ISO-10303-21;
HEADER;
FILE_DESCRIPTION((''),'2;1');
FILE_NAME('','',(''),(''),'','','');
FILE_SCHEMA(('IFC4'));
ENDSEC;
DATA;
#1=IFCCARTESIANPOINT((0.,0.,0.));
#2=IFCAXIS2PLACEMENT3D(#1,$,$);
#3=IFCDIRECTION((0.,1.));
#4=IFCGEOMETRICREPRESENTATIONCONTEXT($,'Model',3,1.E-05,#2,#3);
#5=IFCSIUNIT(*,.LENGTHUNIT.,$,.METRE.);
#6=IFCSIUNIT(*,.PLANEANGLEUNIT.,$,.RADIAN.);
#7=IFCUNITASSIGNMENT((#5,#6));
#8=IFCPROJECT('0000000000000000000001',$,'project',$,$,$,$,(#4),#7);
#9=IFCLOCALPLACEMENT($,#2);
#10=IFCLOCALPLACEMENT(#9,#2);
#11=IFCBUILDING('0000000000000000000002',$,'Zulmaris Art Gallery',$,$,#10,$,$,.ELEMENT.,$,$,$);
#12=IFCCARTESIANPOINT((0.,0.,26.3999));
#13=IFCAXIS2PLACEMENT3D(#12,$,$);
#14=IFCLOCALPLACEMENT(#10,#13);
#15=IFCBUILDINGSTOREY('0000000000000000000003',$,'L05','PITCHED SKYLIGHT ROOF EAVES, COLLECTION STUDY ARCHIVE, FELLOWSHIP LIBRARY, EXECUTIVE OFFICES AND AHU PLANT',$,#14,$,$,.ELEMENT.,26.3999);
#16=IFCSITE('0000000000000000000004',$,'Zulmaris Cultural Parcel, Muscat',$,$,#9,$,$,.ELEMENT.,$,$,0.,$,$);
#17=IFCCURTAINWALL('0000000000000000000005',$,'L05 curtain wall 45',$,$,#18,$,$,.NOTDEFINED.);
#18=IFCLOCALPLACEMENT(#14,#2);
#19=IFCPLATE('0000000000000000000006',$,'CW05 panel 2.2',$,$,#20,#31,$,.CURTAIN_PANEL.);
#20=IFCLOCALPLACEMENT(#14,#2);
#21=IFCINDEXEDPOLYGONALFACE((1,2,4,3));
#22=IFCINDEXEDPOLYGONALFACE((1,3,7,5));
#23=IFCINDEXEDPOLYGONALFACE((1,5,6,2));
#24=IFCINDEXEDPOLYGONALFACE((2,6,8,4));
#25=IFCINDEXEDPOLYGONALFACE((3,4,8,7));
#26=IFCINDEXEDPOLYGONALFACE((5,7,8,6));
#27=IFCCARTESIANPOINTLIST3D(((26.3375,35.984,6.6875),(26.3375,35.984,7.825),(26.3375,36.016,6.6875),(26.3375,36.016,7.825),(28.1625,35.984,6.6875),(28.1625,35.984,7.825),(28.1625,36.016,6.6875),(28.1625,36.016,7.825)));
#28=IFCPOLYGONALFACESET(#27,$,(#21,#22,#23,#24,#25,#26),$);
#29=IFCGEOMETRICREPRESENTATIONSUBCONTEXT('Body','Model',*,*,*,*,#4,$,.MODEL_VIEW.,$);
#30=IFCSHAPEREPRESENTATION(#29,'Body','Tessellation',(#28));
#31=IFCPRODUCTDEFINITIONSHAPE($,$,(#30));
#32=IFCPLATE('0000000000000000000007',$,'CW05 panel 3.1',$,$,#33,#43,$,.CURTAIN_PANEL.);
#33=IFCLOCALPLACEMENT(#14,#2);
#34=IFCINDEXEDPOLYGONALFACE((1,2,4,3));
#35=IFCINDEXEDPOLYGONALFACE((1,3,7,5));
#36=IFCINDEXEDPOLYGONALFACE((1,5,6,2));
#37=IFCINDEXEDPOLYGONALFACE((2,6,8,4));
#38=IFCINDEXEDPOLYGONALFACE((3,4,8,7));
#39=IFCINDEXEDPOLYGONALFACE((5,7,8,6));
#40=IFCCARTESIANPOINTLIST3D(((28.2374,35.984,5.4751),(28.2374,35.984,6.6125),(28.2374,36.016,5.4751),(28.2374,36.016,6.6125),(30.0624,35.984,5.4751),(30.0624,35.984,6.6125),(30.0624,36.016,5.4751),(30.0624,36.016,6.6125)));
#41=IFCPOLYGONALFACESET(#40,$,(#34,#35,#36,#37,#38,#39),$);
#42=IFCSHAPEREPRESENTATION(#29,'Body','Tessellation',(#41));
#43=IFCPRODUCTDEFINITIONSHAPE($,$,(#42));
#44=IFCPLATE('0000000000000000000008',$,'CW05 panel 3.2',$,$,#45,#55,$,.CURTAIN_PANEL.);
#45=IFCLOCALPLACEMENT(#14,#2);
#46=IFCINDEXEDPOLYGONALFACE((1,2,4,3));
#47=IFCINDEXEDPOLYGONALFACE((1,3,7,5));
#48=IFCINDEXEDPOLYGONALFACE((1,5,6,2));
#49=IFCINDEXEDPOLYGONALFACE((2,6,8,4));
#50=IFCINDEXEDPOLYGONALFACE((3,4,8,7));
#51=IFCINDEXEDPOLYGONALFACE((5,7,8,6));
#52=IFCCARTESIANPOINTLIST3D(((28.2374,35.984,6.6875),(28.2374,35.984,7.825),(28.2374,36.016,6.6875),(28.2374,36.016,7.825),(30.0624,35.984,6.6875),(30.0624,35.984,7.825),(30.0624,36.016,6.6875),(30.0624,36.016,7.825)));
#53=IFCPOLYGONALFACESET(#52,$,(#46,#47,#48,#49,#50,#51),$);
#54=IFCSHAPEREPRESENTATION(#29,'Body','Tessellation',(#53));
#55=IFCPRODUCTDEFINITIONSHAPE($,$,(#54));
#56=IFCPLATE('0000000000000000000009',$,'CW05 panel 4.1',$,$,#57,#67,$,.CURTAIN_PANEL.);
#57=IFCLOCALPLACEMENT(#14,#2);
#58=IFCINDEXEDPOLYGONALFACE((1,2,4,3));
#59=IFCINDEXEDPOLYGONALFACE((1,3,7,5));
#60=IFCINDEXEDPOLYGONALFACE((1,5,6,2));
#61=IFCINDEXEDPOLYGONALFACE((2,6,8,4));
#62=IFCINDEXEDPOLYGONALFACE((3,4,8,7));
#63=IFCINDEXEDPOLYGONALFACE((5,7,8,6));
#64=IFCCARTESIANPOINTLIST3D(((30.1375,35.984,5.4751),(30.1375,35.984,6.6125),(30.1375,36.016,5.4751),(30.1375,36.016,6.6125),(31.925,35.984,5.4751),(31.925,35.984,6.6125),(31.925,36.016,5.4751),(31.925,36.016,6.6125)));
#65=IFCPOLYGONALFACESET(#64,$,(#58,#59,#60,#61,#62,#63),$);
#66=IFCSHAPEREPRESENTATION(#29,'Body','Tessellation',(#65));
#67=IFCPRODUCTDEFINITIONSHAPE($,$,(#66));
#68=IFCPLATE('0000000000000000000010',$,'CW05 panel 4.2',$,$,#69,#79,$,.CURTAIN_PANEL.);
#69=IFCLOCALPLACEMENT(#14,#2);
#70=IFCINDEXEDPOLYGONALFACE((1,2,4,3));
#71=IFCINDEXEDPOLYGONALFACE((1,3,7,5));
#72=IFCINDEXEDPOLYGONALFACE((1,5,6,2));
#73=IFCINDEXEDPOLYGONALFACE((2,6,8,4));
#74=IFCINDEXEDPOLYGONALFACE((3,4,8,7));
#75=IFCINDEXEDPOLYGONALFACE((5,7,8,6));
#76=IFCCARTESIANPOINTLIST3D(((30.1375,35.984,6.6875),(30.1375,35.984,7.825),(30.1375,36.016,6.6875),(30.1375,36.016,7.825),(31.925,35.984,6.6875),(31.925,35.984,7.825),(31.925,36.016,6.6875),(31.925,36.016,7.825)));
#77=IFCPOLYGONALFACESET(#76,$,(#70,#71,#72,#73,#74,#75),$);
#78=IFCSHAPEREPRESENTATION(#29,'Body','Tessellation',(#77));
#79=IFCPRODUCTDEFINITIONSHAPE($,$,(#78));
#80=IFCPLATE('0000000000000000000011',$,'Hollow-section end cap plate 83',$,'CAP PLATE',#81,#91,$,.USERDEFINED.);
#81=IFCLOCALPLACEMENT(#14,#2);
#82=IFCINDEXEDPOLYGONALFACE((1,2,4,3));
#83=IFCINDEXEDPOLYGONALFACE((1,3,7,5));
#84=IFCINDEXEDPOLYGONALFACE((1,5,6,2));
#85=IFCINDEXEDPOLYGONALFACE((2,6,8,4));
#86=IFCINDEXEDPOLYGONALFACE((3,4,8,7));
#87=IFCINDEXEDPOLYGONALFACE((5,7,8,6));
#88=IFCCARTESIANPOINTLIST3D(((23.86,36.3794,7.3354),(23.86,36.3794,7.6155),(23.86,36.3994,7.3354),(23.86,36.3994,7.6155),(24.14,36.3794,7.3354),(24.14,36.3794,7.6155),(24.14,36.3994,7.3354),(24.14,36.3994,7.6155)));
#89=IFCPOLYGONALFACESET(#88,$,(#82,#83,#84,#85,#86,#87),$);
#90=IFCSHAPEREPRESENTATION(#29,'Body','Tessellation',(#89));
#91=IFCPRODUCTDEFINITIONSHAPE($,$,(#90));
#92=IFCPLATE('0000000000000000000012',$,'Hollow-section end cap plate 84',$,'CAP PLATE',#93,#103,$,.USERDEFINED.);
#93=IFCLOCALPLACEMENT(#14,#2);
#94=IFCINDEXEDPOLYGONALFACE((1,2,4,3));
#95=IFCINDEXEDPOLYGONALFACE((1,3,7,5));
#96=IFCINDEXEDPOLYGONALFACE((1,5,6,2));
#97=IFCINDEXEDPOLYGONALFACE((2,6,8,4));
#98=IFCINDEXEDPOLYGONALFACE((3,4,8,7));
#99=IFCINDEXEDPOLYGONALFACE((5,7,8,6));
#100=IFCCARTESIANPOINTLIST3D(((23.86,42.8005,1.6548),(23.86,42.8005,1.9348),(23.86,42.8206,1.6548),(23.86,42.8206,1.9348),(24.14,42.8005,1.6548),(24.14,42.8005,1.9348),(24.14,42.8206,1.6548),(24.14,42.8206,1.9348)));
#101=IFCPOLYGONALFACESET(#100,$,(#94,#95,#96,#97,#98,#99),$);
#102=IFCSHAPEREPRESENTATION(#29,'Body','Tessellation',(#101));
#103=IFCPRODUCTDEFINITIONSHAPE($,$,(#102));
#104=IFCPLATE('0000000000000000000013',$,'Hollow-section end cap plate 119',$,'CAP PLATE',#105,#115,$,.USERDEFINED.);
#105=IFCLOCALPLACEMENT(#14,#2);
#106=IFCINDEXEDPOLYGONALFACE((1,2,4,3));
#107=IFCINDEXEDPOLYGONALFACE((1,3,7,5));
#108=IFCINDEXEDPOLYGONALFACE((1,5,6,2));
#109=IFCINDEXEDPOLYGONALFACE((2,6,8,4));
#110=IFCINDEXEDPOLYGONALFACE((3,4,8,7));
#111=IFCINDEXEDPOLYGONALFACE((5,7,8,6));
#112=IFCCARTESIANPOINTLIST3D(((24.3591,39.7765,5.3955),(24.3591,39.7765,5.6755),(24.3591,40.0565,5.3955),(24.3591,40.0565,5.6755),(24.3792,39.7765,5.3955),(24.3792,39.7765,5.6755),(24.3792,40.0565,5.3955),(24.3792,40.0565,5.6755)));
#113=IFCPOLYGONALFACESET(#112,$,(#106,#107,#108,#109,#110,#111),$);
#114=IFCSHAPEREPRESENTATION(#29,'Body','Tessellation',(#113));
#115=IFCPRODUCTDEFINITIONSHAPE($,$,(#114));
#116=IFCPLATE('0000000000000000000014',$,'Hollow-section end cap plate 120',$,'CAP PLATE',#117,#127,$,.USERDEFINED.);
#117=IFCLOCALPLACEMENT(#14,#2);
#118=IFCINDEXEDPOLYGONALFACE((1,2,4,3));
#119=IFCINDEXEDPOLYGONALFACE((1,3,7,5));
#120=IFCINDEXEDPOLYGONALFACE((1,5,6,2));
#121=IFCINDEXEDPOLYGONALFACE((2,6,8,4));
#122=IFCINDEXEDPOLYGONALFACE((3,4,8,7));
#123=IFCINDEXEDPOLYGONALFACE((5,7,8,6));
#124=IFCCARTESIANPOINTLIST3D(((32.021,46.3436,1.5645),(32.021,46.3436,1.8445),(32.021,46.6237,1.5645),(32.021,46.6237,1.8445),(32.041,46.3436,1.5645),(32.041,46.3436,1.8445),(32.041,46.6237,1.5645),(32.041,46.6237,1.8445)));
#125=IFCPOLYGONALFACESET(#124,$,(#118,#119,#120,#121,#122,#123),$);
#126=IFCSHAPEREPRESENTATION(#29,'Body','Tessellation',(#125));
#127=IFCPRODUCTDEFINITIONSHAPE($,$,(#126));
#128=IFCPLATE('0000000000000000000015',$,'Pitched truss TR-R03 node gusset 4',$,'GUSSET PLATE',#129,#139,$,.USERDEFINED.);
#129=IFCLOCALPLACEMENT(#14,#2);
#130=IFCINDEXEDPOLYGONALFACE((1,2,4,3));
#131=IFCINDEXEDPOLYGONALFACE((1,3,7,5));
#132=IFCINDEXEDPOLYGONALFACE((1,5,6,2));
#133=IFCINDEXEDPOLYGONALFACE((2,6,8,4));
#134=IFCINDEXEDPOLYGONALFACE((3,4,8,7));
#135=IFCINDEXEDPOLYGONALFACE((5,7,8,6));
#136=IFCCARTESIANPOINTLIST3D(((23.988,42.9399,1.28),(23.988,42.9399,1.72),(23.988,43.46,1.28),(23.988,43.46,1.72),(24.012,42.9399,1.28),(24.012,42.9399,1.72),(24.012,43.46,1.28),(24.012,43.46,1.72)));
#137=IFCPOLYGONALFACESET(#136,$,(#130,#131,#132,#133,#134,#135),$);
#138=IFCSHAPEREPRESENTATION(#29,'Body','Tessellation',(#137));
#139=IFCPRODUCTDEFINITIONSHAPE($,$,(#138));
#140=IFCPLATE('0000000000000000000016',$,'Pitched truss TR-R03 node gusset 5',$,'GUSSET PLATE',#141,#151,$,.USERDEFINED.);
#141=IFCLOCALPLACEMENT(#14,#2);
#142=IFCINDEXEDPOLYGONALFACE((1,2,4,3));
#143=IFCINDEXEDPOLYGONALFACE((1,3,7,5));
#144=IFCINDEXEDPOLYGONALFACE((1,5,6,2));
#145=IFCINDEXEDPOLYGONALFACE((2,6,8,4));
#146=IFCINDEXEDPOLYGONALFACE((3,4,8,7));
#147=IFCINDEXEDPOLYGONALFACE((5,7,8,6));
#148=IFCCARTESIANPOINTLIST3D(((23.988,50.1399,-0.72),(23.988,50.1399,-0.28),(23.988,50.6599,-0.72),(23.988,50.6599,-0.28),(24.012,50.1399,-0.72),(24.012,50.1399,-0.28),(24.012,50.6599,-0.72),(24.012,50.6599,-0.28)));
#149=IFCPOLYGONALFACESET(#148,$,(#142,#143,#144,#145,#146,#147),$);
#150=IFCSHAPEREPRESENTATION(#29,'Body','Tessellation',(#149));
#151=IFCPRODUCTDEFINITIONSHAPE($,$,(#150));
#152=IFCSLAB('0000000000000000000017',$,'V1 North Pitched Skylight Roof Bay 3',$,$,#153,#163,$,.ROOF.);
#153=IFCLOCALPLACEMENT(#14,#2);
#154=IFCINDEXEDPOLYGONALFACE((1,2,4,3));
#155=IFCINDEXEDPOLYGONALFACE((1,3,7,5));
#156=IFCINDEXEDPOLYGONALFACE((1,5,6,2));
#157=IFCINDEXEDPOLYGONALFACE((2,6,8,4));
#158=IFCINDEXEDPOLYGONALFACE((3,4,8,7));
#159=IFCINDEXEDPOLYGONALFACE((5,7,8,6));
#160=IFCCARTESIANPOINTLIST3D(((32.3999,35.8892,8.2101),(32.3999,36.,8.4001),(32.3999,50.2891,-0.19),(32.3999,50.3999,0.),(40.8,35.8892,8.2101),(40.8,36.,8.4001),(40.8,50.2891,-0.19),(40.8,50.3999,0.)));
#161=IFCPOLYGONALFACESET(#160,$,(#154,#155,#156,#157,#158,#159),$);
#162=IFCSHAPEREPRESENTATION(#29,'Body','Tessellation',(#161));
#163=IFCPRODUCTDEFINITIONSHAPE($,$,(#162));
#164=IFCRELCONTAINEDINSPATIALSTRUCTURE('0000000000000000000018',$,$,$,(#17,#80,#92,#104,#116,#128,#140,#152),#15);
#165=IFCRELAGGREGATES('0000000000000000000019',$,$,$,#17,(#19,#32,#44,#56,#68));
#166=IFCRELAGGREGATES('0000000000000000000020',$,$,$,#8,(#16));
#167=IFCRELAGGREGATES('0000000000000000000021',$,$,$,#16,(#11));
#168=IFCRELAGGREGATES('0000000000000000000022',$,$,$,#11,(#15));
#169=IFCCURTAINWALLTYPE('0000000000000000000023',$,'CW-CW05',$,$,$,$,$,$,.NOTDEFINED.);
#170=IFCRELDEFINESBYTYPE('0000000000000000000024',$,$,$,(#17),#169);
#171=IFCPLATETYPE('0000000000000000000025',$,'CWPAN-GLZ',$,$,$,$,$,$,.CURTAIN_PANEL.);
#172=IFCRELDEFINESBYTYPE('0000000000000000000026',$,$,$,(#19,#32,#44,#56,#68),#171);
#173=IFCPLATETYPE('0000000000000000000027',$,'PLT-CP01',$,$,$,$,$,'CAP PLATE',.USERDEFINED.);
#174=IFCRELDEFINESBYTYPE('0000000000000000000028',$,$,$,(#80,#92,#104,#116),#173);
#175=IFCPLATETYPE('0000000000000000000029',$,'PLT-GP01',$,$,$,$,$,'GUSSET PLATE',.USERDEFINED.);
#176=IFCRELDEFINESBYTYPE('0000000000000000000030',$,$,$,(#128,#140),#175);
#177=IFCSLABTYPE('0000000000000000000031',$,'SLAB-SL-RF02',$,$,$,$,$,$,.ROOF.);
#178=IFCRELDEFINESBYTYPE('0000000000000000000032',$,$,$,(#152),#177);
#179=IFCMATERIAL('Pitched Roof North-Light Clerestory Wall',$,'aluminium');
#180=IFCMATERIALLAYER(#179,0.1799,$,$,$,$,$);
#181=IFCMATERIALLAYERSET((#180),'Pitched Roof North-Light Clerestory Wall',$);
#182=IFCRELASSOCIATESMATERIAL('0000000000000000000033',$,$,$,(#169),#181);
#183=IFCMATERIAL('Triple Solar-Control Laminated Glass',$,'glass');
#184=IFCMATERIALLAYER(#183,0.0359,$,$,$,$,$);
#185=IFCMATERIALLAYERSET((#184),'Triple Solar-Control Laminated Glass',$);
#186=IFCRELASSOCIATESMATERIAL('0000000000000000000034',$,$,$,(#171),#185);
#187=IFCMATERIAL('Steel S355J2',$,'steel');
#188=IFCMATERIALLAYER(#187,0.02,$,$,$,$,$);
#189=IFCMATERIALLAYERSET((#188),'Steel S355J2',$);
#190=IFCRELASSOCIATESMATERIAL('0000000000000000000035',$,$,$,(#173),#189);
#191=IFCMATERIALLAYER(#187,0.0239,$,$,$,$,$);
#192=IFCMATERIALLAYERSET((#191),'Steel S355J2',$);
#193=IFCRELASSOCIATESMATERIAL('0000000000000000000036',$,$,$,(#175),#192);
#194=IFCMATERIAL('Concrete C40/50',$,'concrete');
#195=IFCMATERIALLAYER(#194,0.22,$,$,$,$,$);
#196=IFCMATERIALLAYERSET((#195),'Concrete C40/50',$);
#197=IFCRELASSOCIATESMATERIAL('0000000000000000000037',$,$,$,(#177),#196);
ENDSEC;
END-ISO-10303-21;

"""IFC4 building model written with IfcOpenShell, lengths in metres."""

from ifc_helpers import new_model, si_unit, direction, frame, origin, origin_2d, place, context, subcontext, project, spatial, polyline, rectangle, outline, extrude, material, layer, layer_set, type_object, element, aggregate, save


model = new_model("IFC4")

# Units and contexts
model_context = context("Model", 3, precision=1e-05, world=origin(), true_north=direction((0.0, 1.0)))
body_context = subcontext(model_context, "Body", "Model", "MODEL_VIEW")
ifc_project = project(units=[si_unit("LENGTHUNIT", "METRE"), si_unit("PLANEANGLEUNIT", "RADIAN")], contexts=[model_context])

# Site, building, storey
site_placement = place(None, origin())
site = spatial("IfcSite", under=ifc_project, at=site_placement, Name="Zulmaris Cultural Parcel, Muscat", CompositionType="ELEMENT", RefElevation=0.0)
building_placement = place(site_placement, origin())
building = spatial("IfcBuilding", under=site, at=building_placement, Name="Zulmaris Art Gallery", CompositionType="ELEMENT")
storey_placement = place(building_placement, frame((0.0, 0.0, 26.3999)))
storey = spatial("IfcBuildingStorey", under=building, at=storey_placement, Name="L05", Description="PITCHED SKYLIGHT ROOF EAVES, COLLECTION STUDY ARCHIVE, FELLOWSHIP LIBRARY, EXECUTIVE OFFICES AND AHU PLANT", CompositionType="ELEMENT", Elevation=26.3999)

# Curtain wall
ifc_material_1 = material(Name="Pitched Roof North-Light Clerestory Wall", Category="aluminium")
ifc_layer_1 = layer(ifc_material_1, 0.1799)
ifc_layer_set_1 = layer_set([ifc_layer_1], Name="Pitched Roof North-Light Clerestory Wall")
curtain_wall_type = type_object("IfcCurtainWallType", Name="CW-CW05", PredefinedType="NOTDEFINED", material=ifc_layer_set_1)
curtain_wall_placement = place(storey_placement, origin())
curtain_wall = element("IfcCurtainWall", 1, at=curtain_wall_placement, inside=storey, type_object=curtain_wall_type, Name="L05 curtain wall 45", PredefinedType="NOTDEFINED")

# Shared definitions
ifc_material_2 = material(Name="Steel S355J2", Category="steel")

# Plates
ifc_material_3 = material(Name="Triple Solar-Control Laminated Glass", Category="glass")
ifc_layer_2 = layer(ifc_material_3, 0.0359)
ifc_layer_set_2 = layer_set([ifc_layer_2], Name="Triple Solar-Control Laminated Glass")
plate_type_1 = type_object("IfcPlateType", Name="CWPAN-GLZ", PredefinedType="CURTAIN_PANEL", material=ifc_layer_set_2)
plate_1_placement = place(storey_placement, frame((27.25, 36.0, 6.6875), z_axis=(0.0, 0.0, 1.0), x_axis=(1.0, 0.0, 0.0)))
plate_1 = element("IfcPlate", 2, at=plate_1_placement, type_object=plate_type_1, Name="CW05 panel 2.2", PredefinedType="CURTAIN_PANEL", context=body_context, shape_type="SweptSolid", body=[
    extrude(rectangle(XDim=1.825, YDim=0.032, at=origin_2d()), origin(), (0.0, 0.0, 1.0), 1.1375),
])
plate_2_placement = place(storey_placement, frame((29.1499, 36.0, 5.4751), z_axis=(0.0, 0.0, 1.0), x_axis=(1.0, 0.0, 0.0)))
plate_2 = element("IfcPlate", 3, at=plate_2_placement, type_object=plate_type_1, Name="CW05 panel 3.1", PredefinedType="CURTAIN_PANEL", context=body_context, shape_type="SweptSolid", body=[
    extrude(rectangle(XDim=1.825, YDim=0.032, at=origin_2d()), origin(), (0.0, 0.0, 1.0), 1.1375),
])
plate_3_placement = place(storey_placement, frame((29.1499, 36.0, 6.6875), z_axis=(0.0, 0.0, 1.0), x_axis=(1.0, 0.0, 0.0)))
plate_3 = element("IfcPlate", 4, at=plate_3_placement, type_object=plate_type_1, Name="CW05 panel 3.2", PredefinedType="CURTAIN_PANEL", context=body_context, shape_type="SweptSolid", body=[
    extrude(rectangle(XDim=1.825, YDim=0.032, at=origin_2d()), origin(), (0.0, 0.0, 1.0), 1.1375),
])
plate_4_placement = place(storey_placement, frame((31.0312, 36.0, 5.4751), z_axis=(0.0, 0.0, 1.0), x_axis=(1.0, 0.0, 0.0)))
plate_4 = element("IfcPlate", 5, at=plate_4_placement, type_object=plate_type_1, Name="CW05 panel 4.1", PredefinedType="CURTAIN_PANEL", context=body_context, shape_type="SweptSolid", body=[
    extrude(rectangle(XDim=1.7876, YDim=0.032, at=origin_2d()), origin(), (0.0, 0.0, 1.0), 1.1375),
])
plate_5_placement = place(storey_placement, frame((31.0312, 36.0, 6.6875), z_axis=(0.0, 0.0, 1.0), x_axis=(1.0, 0.0, 0.0)))
plate_5 = element("IfcPlate", 6, at=plate_5_placement, type_object=plate_type_1, Name="CW05 panel 4.2", PredefinedType="CURTAIN_PANEL", context=body_context, shape_type="SweptSolid", body=[
    extrude(rectangle(XDim=1.7876, YDim=0.032, at=origin_2d()), origin(), (0.0, 0.0, 1.0), 1.1375),
])
aggregate(curtain_wall, [plate_1, plate_2, plate_3, plate_4, plate_5])

# Plates
ifc_layer_3 = layer(ifc_material_2, 0.02)
ifc_layer_set_3 = layer_set([ifc_layer_3], Name="Steel S355J2")
plate_type_2 = type_object("IfcPlateType", Name="PLT-CP01", ElementType="CAP PLATE", PredefinedType="USERDEFINED", material=ifc_layer_set_3)
for number, where, z_axis, x_axis, name in (
    (7, (24.0, 36.3894, 7.3354), (0.0, 0.0, 1.0), (1.0, 0.0, 0.0), "Hollow-section end cap plate 83"),
    (8, (24.0, 42.8105, 1.6548), (0.0, 0.0, 1.0), (1.0, 0.0, 0.0), "Hollow-section end cap plate 84"),
):
    element("IfcPlate", number, at=place(storey_placement, frame(where, z_axis=z_axis, x_axis=x_axis)), inside=storey, type_object=plate_type_2, Name=name, ObjectType="CAP PLATE", PredefinedType="USERDEFINED", context=body_context, shape_type="SweptSolid", body=[
        extrude(rectangle(XDim=0.28, YDim=0.02, at=origin_2d()), origin(), (0.0, 0.0, 1.0), 0.28),
    ])
for number, where, z_axis, x_axis, name in (
    (9, (24.3691, 39.9165, 5.3955), (0.0, 0.0, 1.0), (1.0, 0.0, 0.0), "Hollow-section end cap plate 119"),
    (10, (32.031, 46.4836, 1.5645), (0.0, 0.0, 1.0), (1.0, 0.0, 0.0), "Hollow-section end cap plate 120"),
):
    element("IfcPlate", number, at=place(storey_placement, frame(where, z_axis=z_axis, x_axis=x_axis)), inside=storey, type_object=plate_type_2, Name=name, ObjectType="CAP PLATE", PredefinedType="USERDEFINED", context=body_context, shape_type="SweptSolid", body=[
        extrude(rectangle(XDim=0.02, YDim=0.28, at=origin_2d()), origin(), (0.0, 0.0, 1.0), 0.28),
    ])
ifc_layer_4 = layer(ifc_material_2, 0.0239)
ifc_layer_set_4 = layer_set([ifc_layer_4], Name="Steel S355J2")
plate_type_3 = type_object("IfcPlateType", Name="PLT-GP01", ElementType="GUSSET PLATE", PredefinedType="USERDEFINED", material=ifc_layer_set_4)
for number, where, z_axis, x_axis, name in (
    (11, (24.0, 43.2, 1.28), (0.0, 0.0, 1.0), (1.0, 0.0, 0.0), "Pitched truss TR-R03 node gusset 4"),
    (12, (24.0, 50.3999, -0.72), (0.0, 0.0, 1.0), (1.0, 0.0, 0.0), "Pitched truss TR-R03 node gusset 5"),
):
    element("IfcPlate", number, at=place(storey_placement, frame(where, z_axis=z_axis, x_axis=x_axis)), inside=storey, type_object=plate_type_3, Name=name, ObjectType="GUSSET PLATE", PredefinedType="USERDEFINED", context=body_context, shape_type="SweptSolid", body=[
        extrude(rectangle(XDim=0.0239, YDim=0.52, at=origin_2d()), origin(), (0.0, 0.0, 1.0), 0.4399),
    ])

# Slab
ifc_material_4 = material(Name="Concrete C40/50", Category="concrete")
ifc_layer_5 = layer(ifc_material_4, 0.22)
ifc_layer_set_5 = layer_set([ifc_layer_5], Name="Concrete C40/50")
slab_type = type_object("IfcSlabType", Name="SLAB-SL-RF02", PredefinedType="ROOF", material=ifc_layer_set_5)
slab_placement = place(storey_placement, frame((32.3999, 36.0, 8.4001), z_axis=(0.0, 0.50388, 0.863774), x_axis=(1.0, 0.0, 0.0)))
element("IfcSlab", 13, at=slab_placement, inside=storey, type_object=slab_type, Name="V1 North Pitched Skylight Roof Bay 3", PredefinedType="ROOF", context=body_context, shape_type="SweptSolid", body=[
    extrude(outline(polyline([(0.0, 0.0), (8.4001, 0.0), (8.4001, 16.6709), (0.0, 16.6709), (0.0, 0.0)])), origin(), (0.0, 0.0, -1.0), 0.22),
])

save(model, "model.ifc")
